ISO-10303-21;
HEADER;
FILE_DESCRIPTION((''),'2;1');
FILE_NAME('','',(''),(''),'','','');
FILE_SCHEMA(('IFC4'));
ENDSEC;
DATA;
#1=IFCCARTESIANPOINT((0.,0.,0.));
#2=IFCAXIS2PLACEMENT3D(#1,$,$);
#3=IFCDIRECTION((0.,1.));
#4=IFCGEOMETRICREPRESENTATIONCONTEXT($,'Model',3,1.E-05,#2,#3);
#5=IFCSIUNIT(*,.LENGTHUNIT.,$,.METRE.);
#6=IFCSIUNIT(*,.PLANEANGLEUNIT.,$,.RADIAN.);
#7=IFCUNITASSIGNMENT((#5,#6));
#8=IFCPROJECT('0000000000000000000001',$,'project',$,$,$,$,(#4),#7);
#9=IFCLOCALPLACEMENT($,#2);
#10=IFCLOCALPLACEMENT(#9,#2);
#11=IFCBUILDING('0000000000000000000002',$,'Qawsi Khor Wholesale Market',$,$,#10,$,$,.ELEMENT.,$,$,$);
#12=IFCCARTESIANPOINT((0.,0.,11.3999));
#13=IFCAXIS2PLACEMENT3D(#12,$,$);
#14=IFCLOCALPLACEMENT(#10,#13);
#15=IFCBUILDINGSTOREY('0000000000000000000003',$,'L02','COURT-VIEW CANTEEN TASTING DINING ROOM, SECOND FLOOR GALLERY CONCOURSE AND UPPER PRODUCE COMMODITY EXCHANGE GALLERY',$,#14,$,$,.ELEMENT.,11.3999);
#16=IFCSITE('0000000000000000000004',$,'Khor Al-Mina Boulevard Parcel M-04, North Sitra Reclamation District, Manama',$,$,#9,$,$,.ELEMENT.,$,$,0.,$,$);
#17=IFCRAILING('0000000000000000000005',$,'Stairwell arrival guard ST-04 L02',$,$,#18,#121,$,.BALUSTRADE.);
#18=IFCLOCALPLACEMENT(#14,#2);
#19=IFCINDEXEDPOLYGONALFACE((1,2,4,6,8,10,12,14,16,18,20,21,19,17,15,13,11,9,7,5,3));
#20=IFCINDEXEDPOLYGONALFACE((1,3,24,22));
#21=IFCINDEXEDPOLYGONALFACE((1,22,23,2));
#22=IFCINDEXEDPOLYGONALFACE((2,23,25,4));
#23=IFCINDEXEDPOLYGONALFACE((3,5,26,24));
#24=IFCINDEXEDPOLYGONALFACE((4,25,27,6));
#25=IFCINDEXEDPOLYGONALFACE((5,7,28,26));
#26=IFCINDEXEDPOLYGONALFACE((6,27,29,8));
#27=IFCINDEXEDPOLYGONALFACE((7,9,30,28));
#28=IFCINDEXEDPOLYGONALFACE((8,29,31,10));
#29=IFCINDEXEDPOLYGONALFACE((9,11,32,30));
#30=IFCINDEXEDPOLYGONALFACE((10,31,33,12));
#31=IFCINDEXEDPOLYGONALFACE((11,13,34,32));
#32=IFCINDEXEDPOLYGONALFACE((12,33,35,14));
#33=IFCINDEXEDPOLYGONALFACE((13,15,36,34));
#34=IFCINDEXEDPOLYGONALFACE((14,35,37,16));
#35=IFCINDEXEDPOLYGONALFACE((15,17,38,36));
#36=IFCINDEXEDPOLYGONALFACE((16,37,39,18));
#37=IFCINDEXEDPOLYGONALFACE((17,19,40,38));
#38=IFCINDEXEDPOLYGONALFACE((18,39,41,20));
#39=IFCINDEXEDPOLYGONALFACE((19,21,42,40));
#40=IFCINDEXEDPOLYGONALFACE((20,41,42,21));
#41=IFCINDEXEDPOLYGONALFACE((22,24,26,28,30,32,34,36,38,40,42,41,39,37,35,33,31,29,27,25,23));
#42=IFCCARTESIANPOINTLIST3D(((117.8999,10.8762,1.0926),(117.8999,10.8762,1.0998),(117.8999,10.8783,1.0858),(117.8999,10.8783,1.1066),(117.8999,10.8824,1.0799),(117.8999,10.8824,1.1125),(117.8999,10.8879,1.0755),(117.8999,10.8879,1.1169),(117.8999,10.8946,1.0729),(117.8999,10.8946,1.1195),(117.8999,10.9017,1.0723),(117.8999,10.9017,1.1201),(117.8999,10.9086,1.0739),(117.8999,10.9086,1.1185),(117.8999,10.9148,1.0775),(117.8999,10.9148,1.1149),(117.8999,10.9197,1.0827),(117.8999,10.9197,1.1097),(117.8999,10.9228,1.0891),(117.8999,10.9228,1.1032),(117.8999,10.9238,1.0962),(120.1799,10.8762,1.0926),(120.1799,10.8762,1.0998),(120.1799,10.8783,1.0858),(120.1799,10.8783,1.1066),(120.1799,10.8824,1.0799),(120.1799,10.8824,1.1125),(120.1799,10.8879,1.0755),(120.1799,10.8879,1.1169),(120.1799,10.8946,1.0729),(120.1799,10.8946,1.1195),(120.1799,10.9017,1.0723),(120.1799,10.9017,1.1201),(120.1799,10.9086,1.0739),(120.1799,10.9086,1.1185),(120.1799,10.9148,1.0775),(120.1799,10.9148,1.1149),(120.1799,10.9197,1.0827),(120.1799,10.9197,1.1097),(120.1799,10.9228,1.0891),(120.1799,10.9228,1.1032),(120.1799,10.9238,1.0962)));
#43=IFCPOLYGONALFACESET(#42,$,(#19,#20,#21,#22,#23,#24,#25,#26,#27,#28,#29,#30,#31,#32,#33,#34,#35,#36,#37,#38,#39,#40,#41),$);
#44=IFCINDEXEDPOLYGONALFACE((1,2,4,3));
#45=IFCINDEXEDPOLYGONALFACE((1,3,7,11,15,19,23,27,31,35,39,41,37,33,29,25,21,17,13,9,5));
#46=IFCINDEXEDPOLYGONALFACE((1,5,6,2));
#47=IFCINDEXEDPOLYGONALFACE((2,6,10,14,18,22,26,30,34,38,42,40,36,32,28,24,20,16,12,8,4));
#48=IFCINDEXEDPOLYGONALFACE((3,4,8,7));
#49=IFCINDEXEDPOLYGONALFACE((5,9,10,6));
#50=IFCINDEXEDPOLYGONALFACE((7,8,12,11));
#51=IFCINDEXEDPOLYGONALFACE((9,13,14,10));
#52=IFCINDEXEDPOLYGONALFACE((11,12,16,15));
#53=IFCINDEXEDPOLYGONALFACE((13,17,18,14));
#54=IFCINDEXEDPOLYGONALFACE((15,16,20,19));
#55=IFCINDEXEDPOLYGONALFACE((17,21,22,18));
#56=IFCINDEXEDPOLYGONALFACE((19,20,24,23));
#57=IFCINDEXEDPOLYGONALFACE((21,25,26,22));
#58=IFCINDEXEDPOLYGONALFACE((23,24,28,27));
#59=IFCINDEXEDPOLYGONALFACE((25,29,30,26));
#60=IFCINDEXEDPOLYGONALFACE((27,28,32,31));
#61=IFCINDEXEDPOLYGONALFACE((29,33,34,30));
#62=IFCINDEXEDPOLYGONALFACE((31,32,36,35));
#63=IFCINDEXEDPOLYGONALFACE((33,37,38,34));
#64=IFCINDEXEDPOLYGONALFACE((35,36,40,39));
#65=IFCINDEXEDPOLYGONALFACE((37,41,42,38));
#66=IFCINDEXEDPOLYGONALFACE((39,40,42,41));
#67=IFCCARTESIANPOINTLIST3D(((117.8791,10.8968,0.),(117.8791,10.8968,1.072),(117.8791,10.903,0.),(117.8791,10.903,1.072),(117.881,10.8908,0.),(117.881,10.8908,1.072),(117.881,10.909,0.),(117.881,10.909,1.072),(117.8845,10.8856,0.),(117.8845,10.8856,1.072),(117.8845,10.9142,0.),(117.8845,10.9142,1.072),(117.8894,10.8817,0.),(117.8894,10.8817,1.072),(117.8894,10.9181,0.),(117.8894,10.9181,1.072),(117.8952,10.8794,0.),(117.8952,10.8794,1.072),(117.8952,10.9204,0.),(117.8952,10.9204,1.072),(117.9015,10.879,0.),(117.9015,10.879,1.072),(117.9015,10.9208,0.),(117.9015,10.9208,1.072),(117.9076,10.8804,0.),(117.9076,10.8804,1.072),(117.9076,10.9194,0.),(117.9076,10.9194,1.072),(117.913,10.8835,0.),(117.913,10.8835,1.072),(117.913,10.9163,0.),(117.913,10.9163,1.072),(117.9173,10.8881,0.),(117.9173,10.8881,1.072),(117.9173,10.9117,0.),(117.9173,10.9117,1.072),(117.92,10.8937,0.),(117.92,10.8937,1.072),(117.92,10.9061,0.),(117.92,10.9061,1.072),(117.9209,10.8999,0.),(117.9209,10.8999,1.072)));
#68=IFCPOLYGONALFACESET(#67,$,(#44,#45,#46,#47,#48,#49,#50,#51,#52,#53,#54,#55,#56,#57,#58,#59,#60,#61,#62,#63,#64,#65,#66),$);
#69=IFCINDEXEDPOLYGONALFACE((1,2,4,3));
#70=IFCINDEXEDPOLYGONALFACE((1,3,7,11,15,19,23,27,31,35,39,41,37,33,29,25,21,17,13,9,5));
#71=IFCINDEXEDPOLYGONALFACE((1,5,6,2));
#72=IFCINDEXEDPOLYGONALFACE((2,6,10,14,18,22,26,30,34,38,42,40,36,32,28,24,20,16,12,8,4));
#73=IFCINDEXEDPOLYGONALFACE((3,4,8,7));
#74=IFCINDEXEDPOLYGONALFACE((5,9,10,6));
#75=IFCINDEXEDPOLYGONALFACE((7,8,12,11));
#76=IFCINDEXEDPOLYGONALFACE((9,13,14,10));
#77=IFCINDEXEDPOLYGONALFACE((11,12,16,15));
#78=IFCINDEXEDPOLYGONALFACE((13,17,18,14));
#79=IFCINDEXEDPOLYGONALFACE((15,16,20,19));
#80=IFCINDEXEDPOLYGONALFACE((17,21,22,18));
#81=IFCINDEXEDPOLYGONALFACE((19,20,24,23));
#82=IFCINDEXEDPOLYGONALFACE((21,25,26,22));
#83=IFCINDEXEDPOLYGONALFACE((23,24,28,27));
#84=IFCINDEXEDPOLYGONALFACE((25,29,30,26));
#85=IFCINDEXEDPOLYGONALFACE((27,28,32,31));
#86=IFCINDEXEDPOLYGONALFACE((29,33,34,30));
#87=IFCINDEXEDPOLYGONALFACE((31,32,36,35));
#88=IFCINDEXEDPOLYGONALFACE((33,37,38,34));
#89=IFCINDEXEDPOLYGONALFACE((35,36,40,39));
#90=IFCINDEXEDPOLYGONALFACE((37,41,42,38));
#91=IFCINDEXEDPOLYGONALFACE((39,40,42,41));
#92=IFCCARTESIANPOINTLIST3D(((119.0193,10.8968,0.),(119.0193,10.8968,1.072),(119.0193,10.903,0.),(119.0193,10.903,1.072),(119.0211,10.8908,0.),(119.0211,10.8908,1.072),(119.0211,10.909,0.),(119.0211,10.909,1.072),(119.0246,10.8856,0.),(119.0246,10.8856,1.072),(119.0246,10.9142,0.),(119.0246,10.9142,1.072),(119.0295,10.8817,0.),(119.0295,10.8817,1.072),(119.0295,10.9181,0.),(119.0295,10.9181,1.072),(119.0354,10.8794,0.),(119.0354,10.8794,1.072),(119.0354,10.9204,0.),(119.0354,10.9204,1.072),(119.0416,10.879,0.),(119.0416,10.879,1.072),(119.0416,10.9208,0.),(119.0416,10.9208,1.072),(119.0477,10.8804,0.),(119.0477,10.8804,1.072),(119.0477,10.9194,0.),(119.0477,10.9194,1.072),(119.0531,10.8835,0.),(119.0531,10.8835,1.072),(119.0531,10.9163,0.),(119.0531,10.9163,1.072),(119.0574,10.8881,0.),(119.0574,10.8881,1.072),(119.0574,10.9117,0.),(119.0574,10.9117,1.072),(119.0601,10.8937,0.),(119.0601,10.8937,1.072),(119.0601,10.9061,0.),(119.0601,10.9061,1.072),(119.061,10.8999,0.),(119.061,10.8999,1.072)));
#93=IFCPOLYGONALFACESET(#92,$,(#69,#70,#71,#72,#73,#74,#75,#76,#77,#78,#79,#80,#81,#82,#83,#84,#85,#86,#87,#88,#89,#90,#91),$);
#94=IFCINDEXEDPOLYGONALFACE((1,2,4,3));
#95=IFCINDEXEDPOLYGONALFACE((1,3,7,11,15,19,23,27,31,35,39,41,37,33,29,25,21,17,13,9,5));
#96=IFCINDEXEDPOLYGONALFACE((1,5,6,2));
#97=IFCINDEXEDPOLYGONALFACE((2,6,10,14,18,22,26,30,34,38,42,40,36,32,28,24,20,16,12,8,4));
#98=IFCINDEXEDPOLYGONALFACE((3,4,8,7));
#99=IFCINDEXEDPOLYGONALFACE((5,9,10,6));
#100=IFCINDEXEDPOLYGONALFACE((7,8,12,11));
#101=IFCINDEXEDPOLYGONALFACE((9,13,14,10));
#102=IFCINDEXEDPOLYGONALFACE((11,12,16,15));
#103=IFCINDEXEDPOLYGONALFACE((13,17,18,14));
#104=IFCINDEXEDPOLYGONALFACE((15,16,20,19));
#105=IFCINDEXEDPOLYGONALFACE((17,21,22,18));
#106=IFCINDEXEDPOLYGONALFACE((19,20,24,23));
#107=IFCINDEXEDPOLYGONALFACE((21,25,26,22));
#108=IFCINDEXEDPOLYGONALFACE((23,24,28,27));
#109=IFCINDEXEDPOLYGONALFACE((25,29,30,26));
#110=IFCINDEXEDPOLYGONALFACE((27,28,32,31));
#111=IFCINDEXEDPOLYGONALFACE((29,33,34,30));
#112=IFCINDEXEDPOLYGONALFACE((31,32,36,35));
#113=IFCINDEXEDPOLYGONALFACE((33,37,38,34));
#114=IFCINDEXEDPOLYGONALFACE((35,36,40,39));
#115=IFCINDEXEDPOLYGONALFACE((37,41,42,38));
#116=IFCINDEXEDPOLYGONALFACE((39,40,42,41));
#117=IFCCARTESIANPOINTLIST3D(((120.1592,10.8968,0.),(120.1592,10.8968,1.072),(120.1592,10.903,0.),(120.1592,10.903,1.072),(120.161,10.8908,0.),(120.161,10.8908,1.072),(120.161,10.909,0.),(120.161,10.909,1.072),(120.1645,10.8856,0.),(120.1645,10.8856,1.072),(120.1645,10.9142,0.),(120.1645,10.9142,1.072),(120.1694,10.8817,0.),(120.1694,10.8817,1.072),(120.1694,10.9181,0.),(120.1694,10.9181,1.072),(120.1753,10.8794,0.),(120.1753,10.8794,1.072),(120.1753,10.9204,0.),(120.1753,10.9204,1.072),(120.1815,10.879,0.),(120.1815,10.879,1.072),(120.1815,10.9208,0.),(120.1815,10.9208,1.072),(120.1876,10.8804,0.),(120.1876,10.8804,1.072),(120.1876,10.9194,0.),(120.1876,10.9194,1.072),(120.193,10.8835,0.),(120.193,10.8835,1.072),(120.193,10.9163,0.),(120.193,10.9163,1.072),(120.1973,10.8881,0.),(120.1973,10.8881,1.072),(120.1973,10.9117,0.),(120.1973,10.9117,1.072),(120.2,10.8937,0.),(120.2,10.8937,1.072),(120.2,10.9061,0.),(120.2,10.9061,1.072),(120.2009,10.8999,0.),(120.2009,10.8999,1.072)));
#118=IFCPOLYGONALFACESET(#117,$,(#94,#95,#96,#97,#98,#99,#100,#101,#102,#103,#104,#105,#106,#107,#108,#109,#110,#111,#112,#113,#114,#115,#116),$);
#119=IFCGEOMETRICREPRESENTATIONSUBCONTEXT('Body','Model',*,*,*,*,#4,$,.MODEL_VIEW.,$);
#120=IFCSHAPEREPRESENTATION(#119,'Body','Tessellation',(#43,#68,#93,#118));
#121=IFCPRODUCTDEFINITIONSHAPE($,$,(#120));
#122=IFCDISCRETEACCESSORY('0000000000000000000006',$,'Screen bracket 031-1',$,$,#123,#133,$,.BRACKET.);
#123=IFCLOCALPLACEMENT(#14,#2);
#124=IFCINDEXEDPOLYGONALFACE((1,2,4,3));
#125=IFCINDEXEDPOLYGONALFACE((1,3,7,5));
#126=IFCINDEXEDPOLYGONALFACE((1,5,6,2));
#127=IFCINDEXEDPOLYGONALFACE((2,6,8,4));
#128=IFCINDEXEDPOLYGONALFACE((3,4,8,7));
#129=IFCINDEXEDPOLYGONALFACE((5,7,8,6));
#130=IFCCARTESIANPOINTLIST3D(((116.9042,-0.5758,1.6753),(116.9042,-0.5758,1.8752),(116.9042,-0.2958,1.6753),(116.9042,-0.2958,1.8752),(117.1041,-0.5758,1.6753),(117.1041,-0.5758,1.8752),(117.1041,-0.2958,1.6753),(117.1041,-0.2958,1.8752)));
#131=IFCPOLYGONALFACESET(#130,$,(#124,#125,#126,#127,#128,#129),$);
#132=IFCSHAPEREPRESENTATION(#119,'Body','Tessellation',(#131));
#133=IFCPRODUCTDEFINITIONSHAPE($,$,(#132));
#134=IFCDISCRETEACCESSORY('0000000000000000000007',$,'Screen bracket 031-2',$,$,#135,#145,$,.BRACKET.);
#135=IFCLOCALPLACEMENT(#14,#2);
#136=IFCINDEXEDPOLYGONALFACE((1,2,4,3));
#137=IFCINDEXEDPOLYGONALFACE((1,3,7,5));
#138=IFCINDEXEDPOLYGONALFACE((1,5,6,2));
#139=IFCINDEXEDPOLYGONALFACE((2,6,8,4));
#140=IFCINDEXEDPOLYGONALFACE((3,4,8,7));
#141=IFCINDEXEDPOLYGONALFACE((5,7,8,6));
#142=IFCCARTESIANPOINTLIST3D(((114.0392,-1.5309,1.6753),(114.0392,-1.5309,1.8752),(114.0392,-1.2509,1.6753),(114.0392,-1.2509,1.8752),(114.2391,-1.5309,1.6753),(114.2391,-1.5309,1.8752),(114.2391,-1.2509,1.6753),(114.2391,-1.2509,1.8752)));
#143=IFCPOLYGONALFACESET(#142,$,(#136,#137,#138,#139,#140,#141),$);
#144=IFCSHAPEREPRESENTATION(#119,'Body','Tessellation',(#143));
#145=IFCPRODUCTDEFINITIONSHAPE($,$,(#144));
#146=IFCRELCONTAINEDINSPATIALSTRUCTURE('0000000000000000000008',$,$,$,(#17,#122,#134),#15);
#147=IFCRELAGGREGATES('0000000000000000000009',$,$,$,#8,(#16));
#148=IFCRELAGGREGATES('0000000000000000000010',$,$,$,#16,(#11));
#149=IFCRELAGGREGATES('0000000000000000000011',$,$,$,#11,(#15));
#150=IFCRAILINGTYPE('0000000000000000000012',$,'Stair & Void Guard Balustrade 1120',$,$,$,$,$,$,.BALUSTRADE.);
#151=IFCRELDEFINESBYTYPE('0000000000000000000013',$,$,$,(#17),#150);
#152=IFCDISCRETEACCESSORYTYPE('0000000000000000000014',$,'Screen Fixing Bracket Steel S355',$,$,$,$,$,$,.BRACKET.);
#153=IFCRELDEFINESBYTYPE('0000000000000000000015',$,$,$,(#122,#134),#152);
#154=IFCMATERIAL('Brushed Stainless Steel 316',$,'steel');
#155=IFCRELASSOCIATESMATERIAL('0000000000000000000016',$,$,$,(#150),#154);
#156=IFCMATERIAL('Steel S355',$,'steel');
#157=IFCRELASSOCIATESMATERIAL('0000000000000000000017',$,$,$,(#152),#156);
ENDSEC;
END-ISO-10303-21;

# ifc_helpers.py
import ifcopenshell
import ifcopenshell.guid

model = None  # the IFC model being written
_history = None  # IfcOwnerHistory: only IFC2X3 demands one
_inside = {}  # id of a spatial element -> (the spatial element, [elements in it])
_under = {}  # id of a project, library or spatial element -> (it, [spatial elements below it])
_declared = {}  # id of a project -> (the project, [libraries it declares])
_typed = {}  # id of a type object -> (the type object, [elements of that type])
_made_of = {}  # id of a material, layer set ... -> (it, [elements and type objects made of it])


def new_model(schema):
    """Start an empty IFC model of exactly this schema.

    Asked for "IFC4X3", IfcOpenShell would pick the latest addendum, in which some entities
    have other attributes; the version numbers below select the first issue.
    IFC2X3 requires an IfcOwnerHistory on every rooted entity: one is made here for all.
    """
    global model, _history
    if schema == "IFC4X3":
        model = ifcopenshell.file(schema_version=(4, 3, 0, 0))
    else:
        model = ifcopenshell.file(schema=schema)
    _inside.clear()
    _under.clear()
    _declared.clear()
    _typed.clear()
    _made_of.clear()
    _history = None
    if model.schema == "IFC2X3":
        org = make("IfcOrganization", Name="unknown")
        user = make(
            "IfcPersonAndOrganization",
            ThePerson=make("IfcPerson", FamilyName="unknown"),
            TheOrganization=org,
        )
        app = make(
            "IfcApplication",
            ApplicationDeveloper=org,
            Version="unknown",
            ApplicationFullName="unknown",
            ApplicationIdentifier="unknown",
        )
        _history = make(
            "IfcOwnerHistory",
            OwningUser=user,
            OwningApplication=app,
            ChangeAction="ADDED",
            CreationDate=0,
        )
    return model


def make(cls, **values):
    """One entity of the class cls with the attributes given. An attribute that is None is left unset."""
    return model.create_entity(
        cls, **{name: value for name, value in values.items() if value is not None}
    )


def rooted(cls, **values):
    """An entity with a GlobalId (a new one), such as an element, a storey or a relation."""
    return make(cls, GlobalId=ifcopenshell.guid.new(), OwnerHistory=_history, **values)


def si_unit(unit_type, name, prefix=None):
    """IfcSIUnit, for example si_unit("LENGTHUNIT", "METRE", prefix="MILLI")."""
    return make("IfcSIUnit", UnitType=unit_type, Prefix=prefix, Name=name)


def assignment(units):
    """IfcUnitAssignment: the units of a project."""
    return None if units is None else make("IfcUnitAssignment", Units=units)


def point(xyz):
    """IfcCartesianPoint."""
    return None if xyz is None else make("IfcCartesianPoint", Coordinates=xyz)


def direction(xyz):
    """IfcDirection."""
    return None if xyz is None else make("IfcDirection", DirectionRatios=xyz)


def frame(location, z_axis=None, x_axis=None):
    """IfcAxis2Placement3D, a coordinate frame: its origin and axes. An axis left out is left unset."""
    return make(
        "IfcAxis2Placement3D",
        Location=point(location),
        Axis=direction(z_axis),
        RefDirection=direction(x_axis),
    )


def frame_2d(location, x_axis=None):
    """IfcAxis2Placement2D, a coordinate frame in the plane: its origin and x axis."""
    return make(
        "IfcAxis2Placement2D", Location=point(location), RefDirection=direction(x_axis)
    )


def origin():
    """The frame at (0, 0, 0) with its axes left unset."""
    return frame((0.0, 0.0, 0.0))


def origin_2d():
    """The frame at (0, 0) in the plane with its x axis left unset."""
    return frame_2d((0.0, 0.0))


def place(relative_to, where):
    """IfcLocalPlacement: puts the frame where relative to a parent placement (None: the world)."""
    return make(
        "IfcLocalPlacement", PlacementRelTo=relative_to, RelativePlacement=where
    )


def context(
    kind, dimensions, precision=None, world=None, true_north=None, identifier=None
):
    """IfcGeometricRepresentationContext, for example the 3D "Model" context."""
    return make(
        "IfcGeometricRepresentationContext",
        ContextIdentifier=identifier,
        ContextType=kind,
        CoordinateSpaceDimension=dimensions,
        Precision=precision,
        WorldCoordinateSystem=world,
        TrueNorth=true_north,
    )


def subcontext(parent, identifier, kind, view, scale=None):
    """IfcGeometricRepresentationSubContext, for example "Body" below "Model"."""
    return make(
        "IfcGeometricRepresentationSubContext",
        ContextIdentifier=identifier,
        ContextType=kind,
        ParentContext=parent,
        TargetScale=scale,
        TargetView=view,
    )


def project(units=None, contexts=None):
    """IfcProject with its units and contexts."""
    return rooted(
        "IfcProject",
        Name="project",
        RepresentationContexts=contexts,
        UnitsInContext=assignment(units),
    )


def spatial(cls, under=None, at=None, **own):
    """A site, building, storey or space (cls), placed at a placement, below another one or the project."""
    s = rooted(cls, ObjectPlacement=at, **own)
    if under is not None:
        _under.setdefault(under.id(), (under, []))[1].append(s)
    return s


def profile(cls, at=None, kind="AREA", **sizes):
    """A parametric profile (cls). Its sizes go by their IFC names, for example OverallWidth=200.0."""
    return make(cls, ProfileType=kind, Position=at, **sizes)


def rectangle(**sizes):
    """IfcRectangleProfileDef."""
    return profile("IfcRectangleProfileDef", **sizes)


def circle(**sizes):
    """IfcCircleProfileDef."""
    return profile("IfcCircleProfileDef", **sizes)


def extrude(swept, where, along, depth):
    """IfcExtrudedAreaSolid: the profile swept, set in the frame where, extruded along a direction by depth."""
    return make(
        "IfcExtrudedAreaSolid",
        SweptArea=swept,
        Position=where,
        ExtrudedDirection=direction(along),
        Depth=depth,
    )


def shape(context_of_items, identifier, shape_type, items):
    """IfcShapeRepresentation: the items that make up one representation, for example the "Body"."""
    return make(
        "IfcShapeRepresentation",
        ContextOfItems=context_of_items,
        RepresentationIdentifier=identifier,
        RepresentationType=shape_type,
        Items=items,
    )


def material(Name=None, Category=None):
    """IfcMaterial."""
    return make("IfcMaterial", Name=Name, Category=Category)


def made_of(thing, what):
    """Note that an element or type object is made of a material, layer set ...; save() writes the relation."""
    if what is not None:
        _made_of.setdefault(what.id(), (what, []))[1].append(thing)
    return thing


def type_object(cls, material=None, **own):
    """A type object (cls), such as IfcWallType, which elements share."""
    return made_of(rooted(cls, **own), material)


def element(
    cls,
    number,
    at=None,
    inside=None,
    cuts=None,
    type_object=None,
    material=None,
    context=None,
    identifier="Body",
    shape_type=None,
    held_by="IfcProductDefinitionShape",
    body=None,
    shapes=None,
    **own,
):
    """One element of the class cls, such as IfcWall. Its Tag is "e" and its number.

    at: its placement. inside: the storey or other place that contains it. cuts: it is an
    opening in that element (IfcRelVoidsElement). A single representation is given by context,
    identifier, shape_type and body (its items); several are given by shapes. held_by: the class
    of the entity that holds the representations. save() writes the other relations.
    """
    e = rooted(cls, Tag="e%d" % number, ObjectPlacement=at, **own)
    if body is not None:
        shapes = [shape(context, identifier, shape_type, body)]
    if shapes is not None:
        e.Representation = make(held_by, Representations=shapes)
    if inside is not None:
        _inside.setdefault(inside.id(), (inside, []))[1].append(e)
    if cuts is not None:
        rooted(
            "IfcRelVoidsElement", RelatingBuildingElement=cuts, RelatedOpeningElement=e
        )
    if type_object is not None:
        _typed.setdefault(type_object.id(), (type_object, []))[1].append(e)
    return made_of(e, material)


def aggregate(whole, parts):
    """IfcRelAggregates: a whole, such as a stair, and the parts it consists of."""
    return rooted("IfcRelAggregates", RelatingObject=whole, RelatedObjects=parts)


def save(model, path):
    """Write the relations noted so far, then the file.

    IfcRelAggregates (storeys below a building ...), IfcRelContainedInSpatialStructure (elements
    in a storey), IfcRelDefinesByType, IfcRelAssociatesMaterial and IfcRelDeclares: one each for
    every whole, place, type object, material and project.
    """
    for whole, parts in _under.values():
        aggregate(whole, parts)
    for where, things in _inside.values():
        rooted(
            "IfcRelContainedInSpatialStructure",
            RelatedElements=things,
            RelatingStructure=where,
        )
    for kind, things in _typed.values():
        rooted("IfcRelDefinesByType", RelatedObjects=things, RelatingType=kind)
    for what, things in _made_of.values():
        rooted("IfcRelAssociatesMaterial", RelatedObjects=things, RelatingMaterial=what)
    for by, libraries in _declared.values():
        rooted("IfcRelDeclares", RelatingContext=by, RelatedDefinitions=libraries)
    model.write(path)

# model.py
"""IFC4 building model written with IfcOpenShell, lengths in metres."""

from ifc_helpers import new_model, si_unit, direction, frame, origin, origin_2d, place, context, subcontext, project, spatial, rectangle, circle, extrude, material, type_object, element, save


model = new_model("IFC4")

# Units and contexts
model_context = context("Model", 3, precision=1e-05, world=origin(), true_north=direction((0.0, 1.0)))
body_context = subcontext(model_context, "Body", "Model", "MODEL_VIEW")
ifc_project = project(units=[si_unit("LENGTHUNIT", "METRE"), si_unit("PLANEANGLEUNIT", "RADIAN")], contexts=[model_context])

# Site, building, storey
site_placement = place(None, origin())
site = spatial("IfcSite", under=ifc_project, at=site_placement, Name="Khor Al-Mina Boulevard Parcel M-04, North Sitra Reclamation District, Manama", CompositionType="ELEMENT", RefElevation=0.0)
building_placement = place(site_placement, origin())
building = spatial("IfcBuilding", under=site, at=building_placement, Name="Qawsi Khor Wholesale Market", CompositionType="ELEMENT")
storey_placement = place(building_placement, frame((0.0, 0.0, 11.3999)))
storey = spatial("IfcBuildingStorey", under=building, at=storey_placement, Name="L02", Description="COURT-VIEW CANTEEN TASTING DINING ROOM, SECOND FLOOR GALLERY CONCOURSE AND UPPER PRODUCE COMMODITY EXCHANGE GALLERY", CompositionType="ELEMENT", Elevation=11.3999)

# Shared definitions
ifc_material_1 = material(Name="Steel S355", Category="steel")

# Railing
ifc_material_2 = material(Name="Brushed Stainless Steel 316", Category="steel")
railing_type = type_object("IfcRailingType", Name="Stair & Void Guard Balustrade 1120", PredefinedType="BALUSTRADE", material=ifc_material_2)
railing_placement = place(storey_placement, frame((117.8999, 10.8999, 0.0)))
element("IfcRailing", 1, at=railing_placement, inside=storey, type_object=railing_type, Name="Stairwell arrival guard ST-04 L02", PredefinedType="BALUSTRADE", context=body_context, shape_type="SweptSolid", body=[
    extrude(circle(Radius=0.0239, at=origin_2d()), frame((0.0, 0.0, 1.0962), z_axis=(1.0, 0.0, 0.0), x_axis=(0.0, 1.0, 0.0)), (0.0, 0.0, 1.0), 2.28),
    extrude(circle(Radius=0.021, at=origin_2d()), origin(), (0.0, 0.0, 1.0), 1.072),
    extrude(circle(Radius=0.021, at=origin_2d()), frame((1.1401, 0.0, 0.0)), (0.0, 0.0, 1.0), 1.072),
    extrude(circle(Radius=0.021, at=origin_2d()), frame((2.28, 0.0, 0.0)), (0.0, 0.0, 1.0), 1.072),
])

# Discrete accessories
discrete_accessory_type = type_object("IfcDiscreteAccessoryType", Name="Screen Fixing Bracket Steel S355", PredefinedType="BRACKET", material=ifc_material_1)
for number, where, z_axis, x_axis, name in (
    (2, (117.0042, -0.4358, 1.6753), (0.0, 0.0, 1.0), (1.0, 0.0, 0.0), "Screen bracket 031-1"),
    (3, (114.1392, -1.3909, 1.6753), (0.0, 0.0, 1.0), (1.0, 0.0, 0.0), "Screen bracket 031-2"),
):
    element("IfcDiscreteAccessory", number, at=place(storey_placement, frame(where, z_axis=z_axis, x_axis=x_axis)), inside=storey, type_object=discrete_accessory_type, Name=name, PredefinedType="BRACKET", context=body_context, shape_type="SweptSolid", body=[
        extrude(rectangle(XDim=0.2, YDim=0.28, at=origin_2d()), origin(), (0.0, 0.0, 1.0), 0.2),
    ])

save(model, "model.ifc")
